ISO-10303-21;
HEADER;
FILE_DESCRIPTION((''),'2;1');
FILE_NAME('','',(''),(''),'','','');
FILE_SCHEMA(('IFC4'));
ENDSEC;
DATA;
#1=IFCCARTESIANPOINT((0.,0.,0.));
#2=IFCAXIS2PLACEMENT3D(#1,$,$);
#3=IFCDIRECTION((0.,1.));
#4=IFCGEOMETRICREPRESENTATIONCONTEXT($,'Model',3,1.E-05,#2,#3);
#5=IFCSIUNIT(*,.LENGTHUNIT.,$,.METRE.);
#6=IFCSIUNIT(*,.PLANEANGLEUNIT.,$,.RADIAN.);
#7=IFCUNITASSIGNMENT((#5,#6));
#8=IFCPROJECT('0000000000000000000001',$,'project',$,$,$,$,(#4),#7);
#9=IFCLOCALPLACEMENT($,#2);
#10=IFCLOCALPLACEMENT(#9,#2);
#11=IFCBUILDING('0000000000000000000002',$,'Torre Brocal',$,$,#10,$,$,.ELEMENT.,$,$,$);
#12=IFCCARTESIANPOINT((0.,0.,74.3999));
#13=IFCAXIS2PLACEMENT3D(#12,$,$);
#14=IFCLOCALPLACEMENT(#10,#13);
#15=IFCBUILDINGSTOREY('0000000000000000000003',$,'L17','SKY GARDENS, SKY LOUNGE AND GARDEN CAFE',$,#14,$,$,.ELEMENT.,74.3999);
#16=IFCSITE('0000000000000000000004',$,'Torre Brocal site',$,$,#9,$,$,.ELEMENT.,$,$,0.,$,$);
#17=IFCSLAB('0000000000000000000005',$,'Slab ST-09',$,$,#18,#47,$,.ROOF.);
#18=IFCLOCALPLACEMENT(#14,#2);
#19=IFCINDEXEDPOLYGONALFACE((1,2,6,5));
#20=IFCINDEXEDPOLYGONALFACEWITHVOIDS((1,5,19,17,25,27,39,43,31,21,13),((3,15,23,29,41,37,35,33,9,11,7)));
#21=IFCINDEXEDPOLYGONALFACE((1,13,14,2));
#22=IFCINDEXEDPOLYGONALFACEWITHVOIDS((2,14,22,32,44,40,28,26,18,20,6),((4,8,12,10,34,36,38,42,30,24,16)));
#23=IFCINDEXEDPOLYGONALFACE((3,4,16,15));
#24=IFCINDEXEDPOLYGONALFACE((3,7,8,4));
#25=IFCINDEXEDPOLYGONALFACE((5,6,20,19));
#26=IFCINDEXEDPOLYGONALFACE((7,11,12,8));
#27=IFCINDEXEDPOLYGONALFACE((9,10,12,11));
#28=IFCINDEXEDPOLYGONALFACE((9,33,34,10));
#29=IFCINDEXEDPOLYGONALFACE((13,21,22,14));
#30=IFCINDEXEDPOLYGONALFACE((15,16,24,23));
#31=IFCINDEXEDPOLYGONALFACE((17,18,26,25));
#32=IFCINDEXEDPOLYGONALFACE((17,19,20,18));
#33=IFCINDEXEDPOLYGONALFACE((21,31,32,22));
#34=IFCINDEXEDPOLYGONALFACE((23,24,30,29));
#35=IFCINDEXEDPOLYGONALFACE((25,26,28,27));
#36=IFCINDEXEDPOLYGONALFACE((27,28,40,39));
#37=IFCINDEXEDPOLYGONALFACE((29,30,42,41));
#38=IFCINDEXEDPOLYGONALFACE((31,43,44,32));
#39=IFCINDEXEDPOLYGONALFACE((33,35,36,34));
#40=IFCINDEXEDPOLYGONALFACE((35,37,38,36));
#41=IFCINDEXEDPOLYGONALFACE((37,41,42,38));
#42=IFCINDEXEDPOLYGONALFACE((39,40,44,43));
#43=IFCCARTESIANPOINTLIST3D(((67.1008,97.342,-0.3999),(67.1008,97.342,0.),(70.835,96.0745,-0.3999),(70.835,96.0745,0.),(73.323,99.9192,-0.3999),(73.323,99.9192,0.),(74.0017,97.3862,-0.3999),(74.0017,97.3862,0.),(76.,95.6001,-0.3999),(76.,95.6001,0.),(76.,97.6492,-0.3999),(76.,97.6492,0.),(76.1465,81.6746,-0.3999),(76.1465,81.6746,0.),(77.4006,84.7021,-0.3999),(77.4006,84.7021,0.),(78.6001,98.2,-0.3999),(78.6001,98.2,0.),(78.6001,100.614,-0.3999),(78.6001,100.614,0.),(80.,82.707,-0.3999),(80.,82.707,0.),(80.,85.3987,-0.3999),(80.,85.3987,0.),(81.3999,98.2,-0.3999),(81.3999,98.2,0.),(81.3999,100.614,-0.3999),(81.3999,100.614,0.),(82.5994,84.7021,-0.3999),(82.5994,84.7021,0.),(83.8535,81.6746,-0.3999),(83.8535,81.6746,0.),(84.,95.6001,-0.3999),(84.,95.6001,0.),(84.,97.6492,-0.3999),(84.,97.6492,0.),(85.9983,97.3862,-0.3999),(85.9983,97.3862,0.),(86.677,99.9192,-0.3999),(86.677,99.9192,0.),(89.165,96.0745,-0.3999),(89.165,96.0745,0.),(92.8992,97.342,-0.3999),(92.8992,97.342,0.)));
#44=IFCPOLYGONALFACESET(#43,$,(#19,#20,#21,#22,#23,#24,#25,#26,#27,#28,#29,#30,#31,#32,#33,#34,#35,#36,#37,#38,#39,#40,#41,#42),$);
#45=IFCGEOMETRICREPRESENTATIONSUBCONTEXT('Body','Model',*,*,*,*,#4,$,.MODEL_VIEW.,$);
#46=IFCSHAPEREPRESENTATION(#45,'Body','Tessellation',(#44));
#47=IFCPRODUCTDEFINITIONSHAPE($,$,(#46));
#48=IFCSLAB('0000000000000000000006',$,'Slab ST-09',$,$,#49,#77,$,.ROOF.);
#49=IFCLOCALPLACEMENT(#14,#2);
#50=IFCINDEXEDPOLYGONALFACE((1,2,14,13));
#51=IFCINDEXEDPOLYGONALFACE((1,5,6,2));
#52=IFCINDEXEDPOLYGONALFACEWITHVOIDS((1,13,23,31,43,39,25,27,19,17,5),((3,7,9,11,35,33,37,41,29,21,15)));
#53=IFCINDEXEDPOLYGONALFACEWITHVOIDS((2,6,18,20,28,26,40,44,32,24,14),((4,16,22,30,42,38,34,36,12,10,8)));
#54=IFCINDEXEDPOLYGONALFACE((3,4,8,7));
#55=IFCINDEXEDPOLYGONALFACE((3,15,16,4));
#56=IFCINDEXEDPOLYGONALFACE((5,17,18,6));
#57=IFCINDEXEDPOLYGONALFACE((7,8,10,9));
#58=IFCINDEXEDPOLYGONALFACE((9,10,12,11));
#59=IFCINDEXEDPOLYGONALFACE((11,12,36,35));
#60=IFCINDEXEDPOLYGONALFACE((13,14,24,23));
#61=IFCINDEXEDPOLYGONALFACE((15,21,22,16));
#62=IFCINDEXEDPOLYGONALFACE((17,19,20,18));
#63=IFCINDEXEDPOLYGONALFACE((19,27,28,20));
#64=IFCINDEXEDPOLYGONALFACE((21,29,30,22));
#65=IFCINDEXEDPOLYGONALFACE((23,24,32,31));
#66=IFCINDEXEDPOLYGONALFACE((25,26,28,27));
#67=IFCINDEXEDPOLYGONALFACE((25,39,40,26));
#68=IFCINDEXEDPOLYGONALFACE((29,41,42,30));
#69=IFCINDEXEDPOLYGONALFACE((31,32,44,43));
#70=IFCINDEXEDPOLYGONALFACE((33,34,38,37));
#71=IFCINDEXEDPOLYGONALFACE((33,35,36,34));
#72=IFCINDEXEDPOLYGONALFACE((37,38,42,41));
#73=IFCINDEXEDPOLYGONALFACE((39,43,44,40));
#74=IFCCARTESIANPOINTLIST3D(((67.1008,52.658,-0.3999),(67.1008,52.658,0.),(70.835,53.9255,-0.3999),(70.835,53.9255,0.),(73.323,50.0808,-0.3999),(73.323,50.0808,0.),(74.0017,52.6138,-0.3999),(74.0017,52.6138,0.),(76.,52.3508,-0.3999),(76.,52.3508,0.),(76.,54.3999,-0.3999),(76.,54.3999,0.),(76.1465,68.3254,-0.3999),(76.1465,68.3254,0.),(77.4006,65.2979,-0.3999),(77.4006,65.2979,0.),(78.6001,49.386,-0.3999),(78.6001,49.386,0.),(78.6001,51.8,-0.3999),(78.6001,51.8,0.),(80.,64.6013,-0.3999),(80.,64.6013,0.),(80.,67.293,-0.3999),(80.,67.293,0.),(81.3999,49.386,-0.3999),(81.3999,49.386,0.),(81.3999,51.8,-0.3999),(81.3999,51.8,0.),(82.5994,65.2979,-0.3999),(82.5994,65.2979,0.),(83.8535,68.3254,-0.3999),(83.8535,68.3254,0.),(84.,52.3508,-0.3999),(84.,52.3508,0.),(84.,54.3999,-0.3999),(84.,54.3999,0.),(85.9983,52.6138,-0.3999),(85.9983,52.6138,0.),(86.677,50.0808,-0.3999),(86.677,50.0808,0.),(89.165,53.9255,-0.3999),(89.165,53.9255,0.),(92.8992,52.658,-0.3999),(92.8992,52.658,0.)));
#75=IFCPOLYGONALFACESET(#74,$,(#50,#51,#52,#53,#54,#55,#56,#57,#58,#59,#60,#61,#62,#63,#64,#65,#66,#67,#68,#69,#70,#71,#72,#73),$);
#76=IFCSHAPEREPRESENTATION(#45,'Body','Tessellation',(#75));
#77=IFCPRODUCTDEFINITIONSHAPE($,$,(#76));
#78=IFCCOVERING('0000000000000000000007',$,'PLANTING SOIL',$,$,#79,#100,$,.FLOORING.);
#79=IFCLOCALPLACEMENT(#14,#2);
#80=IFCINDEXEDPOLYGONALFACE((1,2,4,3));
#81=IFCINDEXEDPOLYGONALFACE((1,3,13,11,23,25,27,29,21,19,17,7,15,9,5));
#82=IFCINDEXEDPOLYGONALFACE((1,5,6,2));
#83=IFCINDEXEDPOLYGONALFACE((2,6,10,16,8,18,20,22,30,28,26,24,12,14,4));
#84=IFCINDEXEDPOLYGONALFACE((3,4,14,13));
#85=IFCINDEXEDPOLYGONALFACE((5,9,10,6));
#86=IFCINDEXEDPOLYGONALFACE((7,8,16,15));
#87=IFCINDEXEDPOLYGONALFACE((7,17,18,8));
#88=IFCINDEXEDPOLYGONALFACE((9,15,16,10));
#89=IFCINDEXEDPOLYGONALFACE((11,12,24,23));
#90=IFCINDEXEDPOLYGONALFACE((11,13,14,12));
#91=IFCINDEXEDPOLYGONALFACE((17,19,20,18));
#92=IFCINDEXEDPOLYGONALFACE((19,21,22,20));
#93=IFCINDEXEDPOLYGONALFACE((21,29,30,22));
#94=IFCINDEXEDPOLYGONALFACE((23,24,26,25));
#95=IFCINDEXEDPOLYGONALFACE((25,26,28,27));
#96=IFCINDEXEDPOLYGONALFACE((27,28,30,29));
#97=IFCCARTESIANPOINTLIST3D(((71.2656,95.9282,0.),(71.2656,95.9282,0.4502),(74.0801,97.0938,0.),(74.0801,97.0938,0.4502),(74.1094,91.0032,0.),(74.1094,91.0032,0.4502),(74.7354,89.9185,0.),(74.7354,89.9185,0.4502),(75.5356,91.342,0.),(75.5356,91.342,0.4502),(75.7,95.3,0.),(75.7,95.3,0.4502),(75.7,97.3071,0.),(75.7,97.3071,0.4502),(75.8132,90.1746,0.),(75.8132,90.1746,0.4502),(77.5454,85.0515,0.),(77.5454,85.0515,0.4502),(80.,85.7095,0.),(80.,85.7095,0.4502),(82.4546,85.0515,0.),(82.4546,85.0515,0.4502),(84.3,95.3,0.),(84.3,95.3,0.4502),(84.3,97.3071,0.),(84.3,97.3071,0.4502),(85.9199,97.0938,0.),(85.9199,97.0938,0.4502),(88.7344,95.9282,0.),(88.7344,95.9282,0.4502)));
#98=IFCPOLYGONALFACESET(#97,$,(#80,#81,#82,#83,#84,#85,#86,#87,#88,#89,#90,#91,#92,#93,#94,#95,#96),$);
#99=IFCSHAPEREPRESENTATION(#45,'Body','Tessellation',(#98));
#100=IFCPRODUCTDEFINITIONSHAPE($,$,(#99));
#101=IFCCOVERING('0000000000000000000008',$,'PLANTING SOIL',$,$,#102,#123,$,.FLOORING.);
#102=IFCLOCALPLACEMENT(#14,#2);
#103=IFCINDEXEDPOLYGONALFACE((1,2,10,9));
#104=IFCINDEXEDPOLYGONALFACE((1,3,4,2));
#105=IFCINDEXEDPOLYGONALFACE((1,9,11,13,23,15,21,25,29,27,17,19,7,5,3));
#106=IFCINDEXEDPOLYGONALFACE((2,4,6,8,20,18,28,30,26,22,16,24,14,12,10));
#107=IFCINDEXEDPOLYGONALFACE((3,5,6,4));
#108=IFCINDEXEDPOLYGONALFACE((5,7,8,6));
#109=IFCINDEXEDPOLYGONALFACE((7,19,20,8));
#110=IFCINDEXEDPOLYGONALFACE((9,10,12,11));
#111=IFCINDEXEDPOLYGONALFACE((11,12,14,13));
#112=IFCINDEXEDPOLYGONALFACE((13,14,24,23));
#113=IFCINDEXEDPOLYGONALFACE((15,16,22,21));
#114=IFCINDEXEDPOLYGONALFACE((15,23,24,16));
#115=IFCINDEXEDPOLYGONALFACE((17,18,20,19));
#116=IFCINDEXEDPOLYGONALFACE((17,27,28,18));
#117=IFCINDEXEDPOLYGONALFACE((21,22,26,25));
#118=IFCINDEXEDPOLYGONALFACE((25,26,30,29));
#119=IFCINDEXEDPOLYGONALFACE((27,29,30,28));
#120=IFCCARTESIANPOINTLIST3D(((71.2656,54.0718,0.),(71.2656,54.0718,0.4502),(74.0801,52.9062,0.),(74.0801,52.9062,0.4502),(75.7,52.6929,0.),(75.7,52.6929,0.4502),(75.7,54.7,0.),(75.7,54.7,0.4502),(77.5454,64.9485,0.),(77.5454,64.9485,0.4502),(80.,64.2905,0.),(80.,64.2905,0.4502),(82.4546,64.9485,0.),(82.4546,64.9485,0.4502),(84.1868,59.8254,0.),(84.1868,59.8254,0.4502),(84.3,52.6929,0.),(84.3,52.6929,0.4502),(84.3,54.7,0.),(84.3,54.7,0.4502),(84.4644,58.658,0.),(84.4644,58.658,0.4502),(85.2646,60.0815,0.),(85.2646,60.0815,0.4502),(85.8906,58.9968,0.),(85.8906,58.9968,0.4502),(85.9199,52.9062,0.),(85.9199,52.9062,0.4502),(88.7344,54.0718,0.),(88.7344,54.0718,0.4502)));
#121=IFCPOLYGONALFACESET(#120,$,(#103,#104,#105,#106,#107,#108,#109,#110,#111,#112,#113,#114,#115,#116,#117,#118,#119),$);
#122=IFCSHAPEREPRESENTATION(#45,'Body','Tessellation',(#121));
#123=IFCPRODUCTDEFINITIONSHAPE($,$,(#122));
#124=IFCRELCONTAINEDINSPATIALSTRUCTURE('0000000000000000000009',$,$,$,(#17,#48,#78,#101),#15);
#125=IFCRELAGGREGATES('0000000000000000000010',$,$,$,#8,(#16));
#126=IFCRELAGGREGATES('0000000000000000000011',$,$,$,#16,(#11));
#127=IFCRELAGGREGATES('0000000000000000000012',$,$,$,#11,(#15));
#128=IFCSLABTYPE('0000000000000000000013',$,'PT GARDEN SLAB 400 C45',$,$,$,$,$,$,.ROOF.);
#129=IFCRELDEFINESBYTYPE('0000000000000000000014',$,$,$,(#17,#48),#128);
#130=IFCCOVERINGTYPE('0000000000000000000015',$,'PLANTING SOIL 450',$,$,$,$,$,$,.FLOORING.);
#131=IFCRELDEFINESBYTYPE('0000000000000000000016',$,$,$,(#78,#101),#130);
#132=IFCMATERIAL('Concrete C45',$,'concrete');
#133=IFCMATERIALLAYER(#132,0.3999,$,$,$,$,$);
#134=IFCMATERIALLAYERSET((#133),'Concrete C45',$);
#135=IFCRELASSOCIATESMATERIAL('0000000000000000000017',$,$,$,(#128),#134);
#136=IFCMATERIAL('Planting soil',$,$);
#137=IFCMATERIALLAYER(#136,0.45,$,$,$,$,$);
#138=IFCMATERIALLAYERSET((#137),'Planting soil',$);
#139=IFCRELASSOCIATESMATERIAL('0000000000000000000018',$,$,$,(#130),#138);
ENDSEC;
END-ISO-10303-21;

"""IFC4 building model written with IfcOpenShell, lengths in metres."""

from ifc_helpers import new_model, si_unit, direction, frame, origin, place, context, subcontext, project, spatial, polyline, outline, extrude, material, layer, layer_set, type_object, element, save


model = new_model("IFC4")

# Units and contexts
model_context = context("Model", 3, precision=1e-05, world=origin(), true_north=direction((0.0, 1.0)))
body_context = subcontext(model_context, "Body", "Model", "MODEL_VIEW")
ifc_project = project(units=[si_unit("LENGTHUNIT", "METRE"), si_unit("PLANEANGLEUNIT", "RADIAN")], contexts=[model_context])

# Site, building, storey
site_placement = place(None, origin())
site = spatial("IfcSite", under=ifc_project, at=site_placement, Name="Torre Brocal site", CompositionType="ELEMENT", RefElevation=0.0)
building_placement = place(site_placement, origin())
building = spatial("IfcBuilding", under=site, at=building_placement, Name="Torre Brocal", CompositionType="ELEMENT")
storey_placement = place(building_placement, frame((0.0, 0.0, 74.3999)))
storey = spatial("IfcBuildingStorey", under=building, at=storey_placement, Name="L17", Description="SKY GARDENS, SKY LOUNGE AND GARDEN CAFE", CompositionType="ELEMENT", Elevation=74.3999)

# Slabs
ifc_material_1 = material(Name="Concrete C45", Category="concrete")
ifc_layer_1 = layer(ifc_material_1, 0.3999)
ifc_layer_set_1 = layer_set([ifc_layer_1], Name="Concrete C45")
slab_type_1 = type_object("IfcSlabType", Name="PT GARDEN SLAB 400 C45", PredefinedType="ROOF", material=ifc_layer_set_1)
slab_1_placement = place(storey_placement, frame((0.0, 0.0, -0.3999)))
element("IfcSlab", 1, at=slab_1_placement, inside=storey, type_object=slab_type_1, Name="Slab ST-09", PredefinedType="ROOF", context=body_context, shape_type="SweptSolid", body=[
    extrude(outline(polyline([(78.6001, 98.2), (81.3999, 98.2), (81.3999, 100.614), (86.677, 99.9192), (92.8992, 97.342), (83.8535, 81.6746), (80.0, 82.707), (76.1465, 81.6746), (67.1008, 97.342), (73.323, 99.9192), (78.6001, 100.614), (78.6001, 98.2)]), holes=[polyline([(77.4006, 84.7021), (80.0, 85.3987), (82.5994, 84.7021), (89.165, 96.0745), (85.9983, 97.3862), (84.0, 97.6492), (84.0, 95.6001), (76.0, 95.6001), (76.0, 97.6492), (74.0017, 97.3862), (70.835, 96.0745), (77.4006, 84.7021)])]), origin(), (0.0, 0.0, 1.0), 0.3999),
])
slab_2_placement = place(storey_placement, frame((0.0, 0.0, -0.3999)))
element("IfcSlab", 2, at=slab_2_placement, inside=storey, type_object=slab_type_1, Name="Slab ST-09", PredefinedType="ROOF", context=body_context, shape_type="SweptSolid", body=[
    extrude(outline(polyline([(78.6001, 51.8), (78.6001, 49.386), (73.323, 50.0808), (67.1008, 52.658), (76.1465, 68.3254), (80.0, 67.293), (83.8535, 68.3254), (92.8992, 52.658), (86.677, 50.0808), (81.3999, 49.386), (81.3999, 51.8), (78.6001, 51.8)]), holes=[polyline([(84.0, 54.3999), (84.0, 52.3508), (85.9983, 52.6138), (89.165, 53.9255), (82.5994, 65.2979), (80.0, 64.6013), (77.4006, 65.2979), (70.835, 53.9255), (74.0017, 52.6138), (76.0, 52.3508), (76.0, 54.3999), (84.0, 54.3999)])]), origin(), (0.0, 0.0, 1.0), 0.3999),
])

# Coverings
ifc_material_2 = material(Name="Planting soil")
ifc_layer_2 = layer(ifc_material_2, 0.45)
ifc_layer_set_2 = layer_set([ifc_layer_2], Name="Planting soil")
covering_type = type_object("IfcCoveringType", Name="PLANTING SOIL 450", PredefinedType="FLOORING", material=ifc_layer_set_2)
covering_1_placement = place(storey_placement, origin())
element("IfcCovering", 3, at=covering_1_placement, inside=storey, type_object=covering_type, Name="PLANTING SOIL", PredefinedType="FLOORING", context=body_context, shape_type="SweptSolid", body=[
    extrude(outline(polyline([(75.7, 97.3071), (75.7, 95.3), (84.3, 95.3), (84.3, 97.3071), (85.9199, 97.0938), (88.7344, 95.9282), (82.4546, 85.0515), (80.0, 85.7095), (77.5454, 85.0515), (74.7354, 89.9185), (75.8132, 90.1746), (75.5356, 91.342), (74.1094, 91.0032), (71.2656, 95.9282), (74.0801, 97.0938), (75.7, 97.3071)])), origin(), (0.0, 0.0, 1.0), 0.4502),
])
covering_2_placement = place(storey_placement, origin())
element("IfcCovering", 4, at=covering_2_placement, inside=storey, type_object=covering_type, Name="PLANTING SOIL", PredefinedType="FLOORING", context=body_context, shape_type="SweptSolid", body=[
    extrude(outline(polyline([(74.0801, 52.9062), (71.2656, 54.0718), (77.5454, 64.9485), (80.0, 64.2905), (82.4546, 64.9485), (85.2646, 60.0815), (84.1868, 59.8254), (84.4644, 58.658), (85.8906, 58.9968), (88.7344, 54.0718), (85.9199, 52.9062), (84.3, 52.6929), (84.3, 54.7), (75.7, 54.7), (75.7, 52.6929), (74.0801, 52.9062)])), origin(), (0.0, 0.0, 1.0), 0.4502),
])

save(model, "model.ifc")
